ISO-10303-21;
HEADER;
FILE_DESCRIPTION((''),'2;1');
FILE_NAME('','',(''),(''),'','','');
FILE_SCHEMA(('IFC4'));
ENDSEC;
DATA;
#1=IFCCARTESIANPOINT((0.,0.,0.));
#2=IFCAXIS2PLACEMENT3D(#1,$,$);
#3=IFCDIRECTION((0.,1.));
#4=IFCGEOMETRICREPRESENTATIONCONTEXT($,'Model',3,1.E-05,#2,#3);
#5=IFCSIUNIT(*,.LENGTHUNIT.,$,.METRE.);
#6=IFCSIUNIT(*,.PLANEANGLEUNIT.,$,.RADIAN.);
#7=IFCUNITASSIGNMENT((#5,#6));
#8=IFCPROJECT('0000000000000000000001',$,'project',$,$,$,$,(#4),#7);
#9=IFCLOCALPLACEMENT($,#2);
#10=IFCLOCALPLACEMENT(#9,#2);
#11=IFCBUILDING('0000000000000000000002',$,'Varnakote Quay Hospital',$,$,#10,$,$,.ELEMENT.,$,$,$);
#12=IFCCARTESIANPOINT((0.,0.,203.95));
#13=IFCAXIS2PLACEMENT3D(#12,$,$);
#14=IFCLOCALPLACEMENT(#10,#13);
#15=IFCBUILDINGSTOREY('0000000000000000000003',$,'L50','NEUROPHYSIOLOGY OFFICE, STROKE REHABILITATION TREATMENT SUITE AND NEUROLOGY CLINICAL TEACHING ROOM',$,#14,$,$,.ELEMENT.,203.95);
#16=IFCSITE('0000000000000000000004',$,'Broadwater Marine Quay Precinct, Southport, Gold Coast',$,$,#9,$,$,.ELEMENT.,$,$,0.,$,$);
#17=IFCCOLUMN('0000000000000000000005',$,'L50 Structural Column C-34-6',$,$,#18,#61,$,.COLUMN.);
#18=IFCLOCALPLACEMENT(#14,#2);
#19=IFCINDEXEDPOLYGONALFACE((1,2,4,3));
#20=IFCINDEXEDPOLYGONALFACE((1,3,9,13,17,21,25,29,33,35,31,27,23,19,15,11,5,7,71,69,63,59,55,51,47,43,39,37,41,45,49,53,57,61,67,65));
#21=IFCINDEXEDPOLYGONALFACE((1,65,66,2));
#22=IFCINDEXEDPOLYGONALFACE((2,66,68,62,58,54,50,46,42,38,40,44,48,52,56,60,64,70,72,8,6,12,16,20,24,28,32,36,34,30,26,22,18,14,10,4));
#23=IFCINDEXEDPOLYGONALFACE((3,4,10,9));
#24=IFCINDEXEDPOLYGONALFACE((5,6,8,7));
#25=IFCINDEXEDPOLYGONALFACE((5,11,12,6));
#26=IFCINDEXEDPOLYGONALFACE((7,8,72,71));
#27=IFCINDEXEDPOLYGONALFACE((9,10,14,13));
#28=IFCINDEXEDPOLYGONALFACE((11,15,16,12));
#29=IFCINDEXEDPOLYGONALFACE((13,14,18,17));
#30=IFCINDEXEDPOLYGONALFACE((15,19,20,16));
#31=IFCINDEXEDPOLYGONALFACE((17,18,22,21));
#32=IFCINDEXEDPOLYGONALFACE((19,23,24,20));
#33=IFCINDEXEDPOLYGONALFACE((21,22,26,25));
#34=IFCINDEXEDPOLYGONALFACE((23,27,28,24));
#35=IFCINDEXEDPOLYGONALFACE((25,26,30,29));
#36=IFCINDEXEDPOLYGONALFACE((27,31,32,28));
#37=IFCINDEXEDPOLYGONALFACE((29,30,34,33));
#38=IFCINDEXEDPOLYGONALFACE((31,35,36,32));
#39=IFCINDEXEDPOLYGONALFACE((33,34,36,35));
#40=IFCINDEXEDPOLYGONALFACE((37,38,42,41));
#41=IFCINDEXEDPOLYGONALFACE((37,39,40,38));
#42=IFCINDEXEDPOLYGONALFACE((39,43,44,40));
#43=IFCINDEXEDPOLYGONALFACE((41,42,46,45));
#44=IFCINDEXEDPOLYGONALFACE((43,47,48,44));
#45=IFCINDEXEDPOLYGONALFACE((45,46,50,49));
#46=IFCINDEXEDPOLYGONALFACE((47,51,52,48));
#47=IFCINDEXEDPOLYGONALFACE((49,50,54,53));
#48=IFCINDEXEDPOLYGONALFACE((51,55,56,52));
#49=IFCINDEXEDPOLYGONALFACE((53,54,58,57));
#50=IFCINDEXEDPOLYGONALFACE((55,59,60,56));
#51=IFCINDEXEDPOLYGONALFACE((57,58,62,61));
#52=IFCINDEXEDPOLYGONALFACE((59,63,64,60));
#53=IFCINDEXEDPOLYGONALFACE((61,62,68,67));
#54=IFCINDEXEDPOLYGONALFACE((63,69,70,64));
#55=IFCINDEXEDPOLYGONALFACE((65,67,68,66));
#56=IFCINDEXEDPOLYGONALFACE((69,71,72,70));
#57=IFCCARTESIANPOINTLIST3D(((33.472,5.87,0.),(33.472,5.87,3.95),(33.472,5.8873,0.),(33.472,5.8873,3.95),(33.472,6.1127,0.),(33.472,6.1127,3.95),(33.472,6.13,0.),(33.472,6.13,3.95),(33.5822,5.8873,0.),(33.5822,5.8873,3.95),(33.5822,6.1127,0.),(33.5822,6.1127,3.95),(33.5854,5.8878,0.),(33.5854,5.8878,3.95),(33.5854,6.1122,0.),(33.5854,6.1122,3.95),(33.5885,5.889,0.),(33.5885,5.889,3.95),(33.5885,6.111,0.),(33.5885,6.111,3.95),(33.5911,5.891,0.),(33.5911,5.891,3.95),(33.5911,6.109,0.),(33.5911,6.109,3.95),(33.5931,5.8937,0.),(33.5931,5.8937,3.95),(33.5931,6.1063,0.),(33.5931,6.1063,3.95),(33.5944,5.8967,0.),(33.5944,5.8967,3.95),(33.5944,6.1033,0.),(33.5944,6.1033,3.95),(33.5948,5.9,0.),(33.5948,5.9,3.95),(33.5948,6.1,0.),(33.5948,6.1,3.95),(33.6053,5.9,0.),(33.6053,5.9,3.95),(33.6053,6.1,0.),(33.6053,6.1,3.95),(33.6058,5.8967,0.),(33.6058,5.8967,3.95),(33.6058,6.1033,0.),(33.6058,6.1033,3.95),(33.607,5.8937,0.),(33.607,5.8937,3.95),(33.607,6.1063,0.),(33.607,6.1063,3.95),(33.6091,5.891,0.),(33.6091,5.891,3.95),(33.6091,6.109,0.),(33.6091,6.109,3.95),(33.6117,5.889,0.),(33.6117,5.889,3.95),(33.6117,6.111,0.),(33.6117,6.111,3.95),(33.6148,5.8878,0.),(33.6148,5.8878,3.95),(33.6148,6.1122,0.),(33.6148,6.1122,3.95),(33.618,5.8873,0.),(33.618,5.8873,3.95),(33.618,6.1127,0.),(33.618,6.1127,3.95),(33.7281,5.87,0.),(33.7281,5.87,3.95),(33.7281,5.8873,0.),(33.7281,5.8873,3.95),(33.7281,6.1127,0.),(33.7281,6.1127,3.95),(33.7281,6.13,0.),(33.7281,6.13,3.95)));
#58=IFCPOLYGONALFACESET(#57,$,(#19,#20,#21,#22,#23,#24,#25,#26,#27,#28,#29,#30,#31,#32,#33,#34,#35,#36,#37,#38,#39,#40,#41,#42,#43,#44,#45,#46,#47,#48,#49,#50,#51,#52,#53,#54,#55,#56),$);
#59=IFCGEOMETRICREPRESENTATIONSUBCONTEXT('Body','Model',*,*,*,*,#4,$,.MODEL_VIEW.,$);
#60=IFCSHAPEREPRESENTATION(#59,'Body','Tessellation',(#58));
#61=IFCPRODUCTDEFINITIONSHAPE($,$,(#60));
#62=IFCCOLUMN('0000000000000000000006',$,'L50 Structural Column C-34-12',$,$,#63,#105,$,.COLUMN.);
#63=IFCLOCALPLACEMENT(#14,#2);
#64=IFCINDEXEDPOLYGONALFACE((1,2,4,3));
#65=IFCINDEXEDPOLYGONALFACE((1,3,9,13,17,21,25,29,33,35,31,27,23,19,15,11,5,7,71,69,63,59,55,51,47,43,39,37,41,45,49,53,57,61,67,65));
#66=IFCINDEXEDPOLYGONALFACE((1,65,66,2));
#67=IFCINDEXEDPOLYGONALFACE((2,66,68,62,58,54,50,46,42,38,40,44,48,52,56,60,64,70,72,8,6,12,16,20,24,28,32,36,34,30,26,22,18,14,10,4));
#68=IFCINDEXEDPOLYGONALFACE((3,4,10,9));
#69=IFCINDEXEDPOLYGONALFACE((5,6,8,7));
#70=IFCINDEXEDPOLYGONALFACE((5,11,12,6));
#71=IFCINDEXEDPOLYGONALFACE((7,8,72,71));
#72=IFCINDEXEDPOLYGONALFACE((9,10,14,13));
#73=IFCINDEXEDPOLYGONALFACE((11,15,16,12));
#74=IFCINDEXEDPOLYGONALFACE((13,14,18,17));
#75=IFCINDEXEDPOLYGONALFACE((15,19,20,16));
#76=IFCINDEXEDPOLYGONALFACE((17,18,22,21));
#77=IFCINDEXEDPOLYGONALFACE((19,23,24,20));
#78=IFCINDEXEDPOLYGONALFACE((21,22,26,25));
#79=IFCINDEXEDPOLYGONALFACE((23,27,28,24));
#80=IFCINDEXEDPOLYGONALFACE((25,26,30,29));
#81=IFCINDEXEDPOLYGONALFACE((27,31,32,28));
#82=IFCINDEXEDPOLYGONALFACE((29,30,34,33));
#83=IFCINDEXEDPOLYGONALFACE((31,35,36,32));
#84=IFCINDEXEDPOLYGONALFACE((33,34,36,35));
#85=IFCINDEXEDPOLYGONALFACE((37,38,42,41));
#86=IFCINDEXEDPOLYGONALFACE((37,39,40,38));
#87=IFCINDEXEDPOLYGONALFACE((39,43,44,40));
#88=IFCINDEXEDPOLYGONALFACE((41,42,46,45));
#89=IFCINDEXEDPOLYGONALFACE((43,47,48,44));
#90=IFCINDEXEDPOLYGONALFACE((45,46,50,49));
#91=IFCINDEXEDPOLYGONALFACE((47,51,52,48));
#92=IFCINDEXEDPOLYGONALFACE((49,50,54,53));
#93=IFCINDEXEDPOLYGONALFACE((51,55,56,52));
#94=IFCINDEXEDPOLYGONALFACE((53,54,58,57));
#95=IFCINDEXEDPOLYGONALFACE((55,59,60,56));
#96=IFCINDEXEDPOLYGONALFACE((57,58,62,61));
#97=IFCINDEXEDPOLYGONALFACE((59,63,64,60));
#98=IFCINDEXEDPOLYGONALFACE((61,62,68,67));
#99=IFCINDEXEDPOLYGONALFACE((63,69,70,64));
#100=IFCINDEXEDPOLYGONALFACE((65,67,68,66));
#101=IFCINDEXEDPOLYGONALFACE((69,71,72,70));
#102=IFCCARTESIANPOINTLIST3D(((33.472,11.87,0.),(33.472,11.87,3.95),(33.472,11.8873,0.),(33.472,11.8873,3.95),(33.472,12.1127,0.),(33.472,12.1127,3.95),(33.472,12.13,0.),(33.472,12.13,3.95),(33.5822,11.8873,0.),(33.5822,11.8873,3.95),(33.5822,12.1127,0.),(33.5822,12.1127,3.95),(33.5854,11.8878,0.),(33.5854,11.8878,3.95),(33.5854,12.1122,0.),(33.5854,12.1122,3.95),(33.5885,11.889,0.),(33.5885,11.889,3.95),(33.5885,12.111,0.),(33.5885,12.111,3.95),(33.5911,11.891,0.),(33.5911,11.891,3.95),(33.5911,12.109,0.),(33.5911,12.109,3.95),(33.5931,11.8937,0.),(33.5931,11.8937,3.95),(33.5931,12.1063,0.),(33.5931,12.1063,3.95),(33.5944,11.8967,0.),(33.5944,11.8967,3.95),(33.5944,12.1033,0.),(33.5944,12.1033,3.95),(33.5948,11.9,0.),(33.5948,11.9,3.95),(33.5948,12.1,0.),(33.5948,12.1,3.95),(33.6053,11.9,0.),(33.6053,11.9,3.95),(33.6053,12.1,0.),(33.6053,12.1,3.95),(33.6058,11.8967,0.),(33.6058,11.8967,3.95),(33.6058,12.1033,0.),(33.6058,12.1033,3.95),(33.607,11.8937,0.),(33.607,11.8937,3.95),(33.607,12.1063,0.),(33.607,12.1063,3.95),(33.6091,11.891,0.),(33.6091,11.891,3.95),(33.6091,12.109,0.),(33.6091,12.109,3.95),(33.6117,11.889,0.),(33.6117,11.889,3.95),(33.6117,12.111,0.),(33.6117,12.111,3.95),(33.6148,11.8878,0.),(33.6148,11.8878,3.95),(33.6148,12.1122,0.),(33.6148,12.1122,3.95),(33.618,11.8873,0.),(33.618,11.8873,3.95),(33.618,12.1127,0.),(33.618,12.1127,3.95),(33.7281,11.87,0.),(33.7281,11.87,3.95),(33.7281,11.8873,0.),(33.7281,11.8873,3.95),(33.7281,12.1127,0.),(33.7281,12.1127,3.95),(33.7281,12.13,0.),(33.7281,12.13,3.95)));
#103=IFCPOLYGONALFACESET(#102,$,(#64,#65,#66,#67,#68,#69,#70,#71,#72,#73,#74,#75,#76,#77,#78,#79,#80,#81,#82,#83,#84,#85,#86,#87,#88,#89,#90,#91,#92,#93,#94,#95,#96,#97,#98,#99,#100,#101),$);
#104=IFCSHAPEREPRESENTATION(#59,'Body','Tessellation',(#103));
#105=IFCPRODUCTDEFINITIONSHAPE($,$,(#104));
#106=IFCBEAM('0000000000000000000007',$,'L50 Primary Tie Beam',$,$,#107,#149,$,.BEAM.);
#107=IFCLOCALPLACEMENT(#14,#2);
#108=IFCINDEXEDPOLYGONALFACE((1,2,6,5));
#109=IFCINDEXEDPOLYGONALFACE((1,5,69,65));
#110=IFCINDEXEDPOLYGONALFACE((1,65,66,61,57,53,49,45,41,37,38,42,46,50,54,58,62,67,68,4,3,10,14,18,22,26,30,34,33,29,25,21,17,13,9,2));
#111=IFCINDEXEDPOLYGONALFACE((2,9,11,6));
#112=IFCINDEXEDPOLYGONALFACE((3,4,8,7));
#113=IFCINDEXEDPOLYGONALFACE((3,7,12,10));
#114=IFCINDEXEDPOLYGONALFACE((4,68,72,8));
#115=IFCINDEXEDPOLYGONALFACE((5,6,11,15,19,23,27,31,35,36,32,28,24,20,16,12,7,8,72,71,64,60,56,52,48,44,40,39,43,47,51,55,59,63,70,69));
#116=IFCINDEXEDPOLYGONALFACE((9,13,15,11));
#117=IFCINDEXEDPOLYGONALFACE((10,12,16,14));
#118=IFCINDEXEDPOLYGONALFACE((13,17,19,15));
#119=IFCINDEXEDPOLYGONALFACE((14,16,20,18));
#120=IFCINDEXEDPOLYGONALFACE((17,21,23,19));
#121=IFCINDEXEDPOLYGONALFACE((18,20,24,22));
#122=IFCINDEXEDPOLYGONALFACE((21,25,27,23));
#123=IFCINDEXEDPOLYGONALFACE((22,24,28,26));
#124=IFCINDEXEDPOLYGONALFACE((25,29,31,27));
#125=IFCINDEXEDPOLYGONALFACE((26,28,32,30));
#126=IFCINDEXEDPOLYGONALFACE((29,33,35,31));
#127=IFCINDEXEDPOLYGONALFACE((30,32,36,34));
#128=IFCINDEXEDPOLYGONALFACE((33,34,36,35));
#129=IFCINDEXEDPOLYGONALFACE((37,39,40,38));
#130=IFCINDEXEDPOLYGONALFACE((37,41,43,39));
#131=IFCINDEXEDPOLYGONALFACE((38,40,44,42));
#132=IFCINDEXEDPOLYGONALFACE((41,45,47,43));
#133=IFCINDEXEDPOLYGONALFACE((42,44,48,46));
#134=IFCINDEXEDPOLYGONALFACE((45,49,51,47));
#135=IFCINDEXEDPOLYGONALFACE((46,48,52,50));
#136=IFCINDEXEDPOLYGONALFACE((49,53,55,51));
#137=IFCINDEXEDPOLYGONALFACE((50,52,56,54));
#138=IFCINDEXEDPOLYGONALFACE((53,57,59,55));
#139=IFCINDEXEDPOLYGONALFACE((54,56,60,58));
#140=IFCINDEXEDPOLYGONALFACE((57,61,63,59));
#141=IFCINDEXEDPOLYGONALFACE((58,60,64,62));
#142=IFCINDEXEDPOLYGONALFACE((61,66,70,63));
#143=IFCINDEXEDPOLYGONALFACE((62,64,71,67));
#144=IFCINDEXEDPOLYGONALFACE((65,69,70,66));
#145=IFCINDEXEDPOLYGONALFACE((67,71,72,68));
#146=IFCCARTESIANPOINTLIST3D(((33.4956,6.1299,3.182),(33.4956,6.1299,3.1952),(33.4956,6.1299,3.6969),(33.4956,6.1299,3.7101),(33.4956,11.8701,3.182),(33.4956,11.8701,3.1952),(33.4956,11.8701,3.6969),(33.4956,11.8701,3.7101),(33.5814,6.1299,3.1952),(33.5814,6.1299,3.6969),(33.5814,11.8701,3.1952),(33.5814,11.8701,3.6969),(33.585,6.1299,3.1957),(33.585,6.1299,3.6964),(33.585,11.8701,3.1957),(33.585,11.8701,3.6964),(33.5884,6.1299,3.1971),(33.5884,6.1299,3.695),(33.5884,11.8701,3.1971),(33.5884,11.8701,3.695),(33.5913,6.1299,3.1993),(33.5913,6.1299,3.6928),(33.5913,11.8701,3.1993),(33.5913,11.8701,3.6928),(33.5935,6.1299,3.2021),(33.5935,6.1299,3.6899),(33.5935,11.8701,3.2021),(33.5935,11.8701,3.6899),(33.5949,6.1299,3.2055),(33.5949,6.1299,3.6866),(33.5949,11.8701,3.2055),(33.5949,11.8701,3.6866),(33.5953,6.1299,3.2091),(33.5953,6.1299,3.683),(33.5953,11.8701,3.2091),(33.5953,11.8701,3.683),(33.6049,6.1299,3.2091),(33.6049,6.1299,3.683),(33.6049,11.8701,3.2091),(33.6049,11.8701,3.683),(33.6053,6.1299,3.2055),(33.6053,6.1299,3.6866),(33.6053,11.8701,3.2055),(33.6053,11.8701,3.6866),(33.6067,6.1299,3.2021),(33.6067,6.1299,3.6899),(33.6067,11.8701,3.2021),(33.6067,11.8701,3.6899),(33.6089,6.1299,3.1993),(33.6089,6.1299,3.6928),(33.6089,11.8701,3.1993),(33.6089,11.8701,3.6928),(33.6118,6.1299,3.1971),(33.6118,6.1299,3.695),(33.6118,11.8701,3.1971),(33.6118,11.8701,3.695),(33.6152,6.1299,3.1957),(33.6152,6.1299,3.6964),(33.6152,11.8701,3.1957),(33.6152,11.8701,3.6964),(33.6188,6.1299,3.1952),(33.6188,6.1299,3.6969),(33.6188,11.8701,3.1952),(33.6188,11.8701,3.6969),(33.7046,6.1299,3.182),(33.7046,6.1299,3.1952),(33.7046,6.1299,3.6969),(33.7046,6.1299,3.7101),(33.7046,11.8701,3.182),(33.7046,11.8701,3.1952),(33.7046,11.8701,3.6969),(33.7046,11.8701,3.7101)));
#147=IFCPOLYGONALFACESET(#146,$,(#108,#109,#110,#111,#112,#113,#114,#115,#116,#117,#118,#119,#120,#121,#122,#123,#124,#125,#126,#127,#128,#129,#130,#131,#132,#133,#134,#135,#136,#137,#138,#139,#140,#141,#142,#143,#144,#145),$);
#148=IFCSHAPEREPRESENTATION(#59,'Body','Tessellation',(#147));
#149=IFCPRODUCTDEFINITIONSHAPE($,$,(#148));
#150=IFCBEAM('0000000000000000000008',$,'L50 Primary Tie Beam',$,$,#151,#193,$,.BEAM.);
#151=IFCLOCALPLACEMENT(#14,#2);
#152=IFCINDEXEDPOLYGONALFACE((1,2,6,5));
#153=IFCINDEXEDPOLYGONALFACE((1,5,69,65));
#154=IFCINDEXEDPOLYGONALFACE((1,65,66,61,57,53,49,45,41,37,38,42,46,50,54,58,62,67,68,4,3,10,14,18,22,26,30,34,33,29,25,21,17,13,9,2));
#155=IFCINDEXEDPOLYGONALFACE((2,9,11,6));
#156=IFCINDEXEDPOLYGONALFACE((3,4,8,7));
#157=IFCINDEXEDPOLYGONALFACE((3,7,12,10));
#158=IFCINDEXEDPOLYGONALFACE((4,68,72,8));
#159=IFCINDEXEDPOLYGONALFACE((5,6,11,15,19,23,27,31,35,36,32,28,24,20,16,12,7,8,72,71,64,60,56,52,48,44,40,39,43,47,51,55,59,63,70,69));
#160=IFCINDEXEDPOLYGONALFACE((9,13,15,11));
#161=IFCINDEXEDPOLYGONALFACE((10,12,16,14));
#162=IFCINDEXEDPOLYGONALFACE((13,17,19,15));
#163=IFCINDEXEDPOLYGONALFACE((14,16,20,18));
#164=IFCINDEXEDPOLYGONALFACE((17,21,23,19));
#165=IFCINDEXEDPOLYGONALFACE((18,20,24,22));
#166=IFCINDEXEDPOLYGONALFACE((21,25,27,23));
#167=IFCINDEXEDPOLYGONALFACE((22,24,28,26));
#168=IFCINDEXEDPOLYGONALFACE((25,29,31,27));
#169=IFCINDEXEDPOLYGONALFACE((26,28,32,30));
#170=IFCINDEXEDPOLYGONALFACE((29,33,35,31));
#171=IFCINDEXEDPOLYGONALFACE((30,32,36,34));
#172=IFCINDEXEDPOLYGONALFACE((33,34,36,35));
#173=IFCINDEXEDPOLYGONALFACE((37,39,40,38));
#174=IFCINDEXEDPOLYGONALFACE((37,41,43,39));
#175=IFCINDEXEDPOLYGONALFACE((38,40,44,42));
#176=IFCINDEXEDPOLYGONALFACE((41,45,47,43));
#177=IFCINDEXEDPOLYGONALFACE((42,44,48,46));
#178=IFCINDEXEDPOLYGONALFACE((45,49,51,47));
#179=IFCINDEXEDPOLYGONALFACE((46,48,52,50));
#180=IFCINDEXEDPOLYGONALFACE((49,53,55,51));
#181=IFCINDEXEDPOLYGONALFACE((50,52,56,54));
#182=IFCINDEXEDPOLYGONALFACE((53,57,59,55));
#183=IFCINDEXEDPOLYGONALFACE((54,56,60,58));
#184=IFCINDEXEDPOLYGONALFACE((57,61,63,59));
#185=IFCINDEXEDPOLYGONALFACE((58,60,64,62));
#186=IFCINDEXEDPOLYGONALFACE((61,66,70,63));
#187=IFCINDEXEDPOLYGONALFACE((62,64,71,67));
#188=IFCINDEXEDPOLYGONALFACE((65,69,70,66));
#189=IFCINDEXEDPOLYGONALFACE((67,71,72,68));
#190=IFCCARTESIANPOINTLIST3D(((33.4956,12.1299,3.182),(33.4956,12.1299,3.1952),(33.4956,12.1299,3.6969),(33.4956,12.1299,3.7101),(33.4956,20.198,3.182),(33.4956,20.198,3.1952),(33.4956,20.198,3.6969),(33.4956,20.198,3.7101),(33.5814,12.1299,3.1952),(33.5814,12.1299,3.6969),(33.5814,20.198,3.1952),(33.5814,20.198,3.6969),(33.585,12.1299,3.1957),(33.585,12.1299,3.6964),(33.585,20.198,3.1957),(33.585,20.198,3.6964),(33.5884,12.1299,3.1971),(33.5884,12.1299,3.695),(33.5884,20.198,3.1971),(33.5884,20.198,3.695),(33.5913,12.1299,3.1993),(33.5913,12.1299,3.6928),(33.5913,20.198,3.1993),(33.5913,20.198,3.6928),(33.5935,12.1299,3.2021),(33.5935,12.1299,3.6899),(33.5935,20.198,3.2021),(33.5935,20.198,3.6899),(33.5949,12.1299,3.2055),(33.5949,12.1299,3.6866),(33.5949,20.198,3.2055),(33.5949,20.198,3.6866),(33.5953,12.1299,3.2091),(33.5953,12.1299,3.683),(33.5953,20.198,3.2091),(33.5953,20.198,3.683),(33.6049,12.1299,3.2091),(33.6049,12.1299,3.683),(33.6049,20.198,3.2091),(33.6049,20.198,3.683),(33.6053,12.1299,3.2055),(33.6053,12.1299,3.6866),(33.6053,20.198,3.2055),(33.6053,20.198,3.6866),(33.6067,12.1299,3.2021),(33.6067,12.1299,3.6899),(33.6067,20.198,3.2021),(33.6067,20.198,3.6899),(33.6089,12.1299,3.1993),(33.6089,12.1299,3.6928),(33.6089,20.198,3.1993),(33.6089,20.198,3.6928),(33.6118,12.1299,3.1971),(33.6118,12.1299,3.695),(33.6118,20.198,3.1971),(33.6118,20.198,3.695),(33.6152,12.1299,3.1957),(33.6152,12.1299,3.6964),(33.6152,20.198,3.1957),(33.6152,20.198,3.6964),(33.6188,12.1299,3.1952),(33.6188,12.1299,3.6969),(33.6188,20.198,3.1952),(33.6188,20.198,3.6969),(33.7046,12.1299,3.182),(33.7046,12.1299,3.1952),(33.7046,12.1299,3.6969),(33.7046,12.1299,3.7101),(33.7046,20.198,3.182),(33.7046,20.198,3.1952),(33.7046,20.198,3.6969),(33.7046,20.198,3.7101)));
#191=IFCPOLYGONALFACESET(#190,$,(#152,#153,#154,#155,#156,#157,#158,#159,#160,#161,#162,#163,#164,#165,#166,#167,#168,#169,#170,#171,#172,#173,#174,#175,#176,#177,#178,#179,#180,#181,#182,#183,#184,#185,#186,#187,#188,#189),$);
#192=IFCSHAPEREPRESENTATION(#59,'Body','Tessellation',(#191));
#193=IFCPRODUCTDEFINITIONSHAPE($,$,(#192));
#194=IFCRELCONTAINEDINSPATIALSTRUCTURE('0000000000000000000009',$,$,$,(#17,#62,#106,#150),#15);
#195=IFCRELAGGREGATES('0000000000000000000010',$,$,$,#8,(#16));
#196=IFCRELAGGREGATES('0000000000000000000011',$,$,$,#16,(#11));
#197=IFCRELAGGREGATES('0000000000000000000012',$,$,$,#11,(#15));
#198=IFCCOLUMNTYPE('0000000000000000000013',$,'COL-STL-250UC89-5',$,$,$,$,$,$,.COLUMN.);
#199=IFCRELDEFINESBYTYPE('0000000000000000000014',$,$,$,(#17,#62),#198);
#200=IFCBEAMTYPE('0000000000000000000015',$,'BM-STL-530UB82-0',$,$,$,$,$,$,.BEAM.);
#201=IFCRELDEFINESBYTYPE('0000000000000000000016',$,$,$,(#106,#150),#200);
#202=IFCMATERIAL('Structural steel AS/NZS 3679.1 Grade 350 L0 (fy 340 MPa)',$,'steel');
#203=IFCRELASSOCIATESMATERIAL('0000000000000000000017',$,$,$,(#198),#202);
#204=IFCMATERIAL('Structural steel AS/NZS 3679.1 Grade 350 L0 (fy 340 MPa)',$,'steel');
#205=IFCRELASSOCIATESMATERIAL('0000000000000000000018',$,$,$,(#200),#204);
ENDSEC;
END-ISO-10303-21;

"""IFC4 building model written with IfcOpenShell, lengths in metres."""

from ifc_helpers import new_model, si_unit, direction, frame, origin, origin_2d, place, context, subcontext, project, spatial, i_section, extrude, material, material_profile, profile_set, type_object, element, save


model = new_model("IFC4")

# Units and contexts
model_context = context("Model", 3, precision=1e-05, world=origin(), true_north=direction((0.0, 1.0)))
body_context = subcontext(model_context, "Body", "Model", "MODEL_VIEW")
ifc_project = project(units=[si_unit("LENGTHUNIT", "METRE"), si_unit("PLANEANGLEUNIT", "RADIAN")], contexts=[model_context])

# Site, building, storey
site_placement = place(None, origin())
site = spatial("IfcSite", under=ifc_project, at=site_placement, Name="Broadwater Marine Quay Precinct, Southport, Gold Coast", CompositionType="ELEMENT", RefElevation=0.0)
building_placement = place(site_placement, origin())
building = spatial("IfcBuilding", under=site, at=building_placement, Name="Varnakote Quay Hospital", CompositionType="ELEMENT")
storey_placement = place(building_placement, frame((0.0, 0.0, 203.95)))
storey = spatial("IfcBuildingStorey", under=building, at=storey_placement, Name="L50", Description="NEUROPHYSIOLOGY OFFICE, STROKE REHABILITATION TREATMENT SUITE AND NEUROLOGY CLINICAL TEACHING ROOM", CompositionType="ELEMENT", Elevation=203.95)

# Columns
ifc_material_1 = material(Name="Structural steel AS/NZS 3679.1 Grade 350 L0 (fy 340 MPa)", Category="steel")
ifc_material_profile_1 = material_profile(ifc_material_1, i_section(OverallWidth=0.2561, OverallDepth=0.26, WebThickness=0.0105, FlangeThickness=0.0173, FilletRadius=0.0127, at=origin_2d()), Name="250UC89.5")
ifc_profile_set_1 = profile_set([ifc_material_profile_1], Name="Structural steel AS/NZS 3679.1 Grade 350 L0 (fy 340 MPa)")
column_type = type_object("IfcColumnType", Name="COL-STL-250UC89-5", PredefinedType="COLUMN", material=ifc_profile_set_1)
for number, where, z_axis, x_axis, name in (
    (1, (33.6001, 6.0, 0.0), (0.0, 0.0, 1.0), (1.0, 0.0, 0.0), "L50 Structural Column C-34-6"),
    (2, (33.6001, 12.0, 0.0), (0.0, 0.0, 1.0), (1.0, 0.0, 0.0), "L50 Structural Column C-34-12"),
):
    element("IfcColumn", number, at=place(storey_placement, frame(where, z_axis=z_axis, x_axis=x_axis)), inside=storey, type_object=column_type, Name=name, PredefinedType="COLUMN", context=body_context, shape_type="SweptSolid", body=[
        extrude(i_section(OverallWidth=0.2561, OverallDepth=0.26, WebThickness=0.0105, FlangeThickness=0.0173, FilletRadius=0.0127, at=origin_2d()), origin(), (0.0, 0.0, 1.0), 3.95),
    ])

# Beams
ifc_material_2 = material(Name="Structural steel AS/NZS 3679.1 Grade 350 L0 (fy 340 MPa)", Category="steel")
ifc_material_profile_2 = material_profile(ifc_material_2, i_section(OverallWidth=0.209, OverallDepth=0.5281, WebThickness=0.0095, FlangeThickness=0.0132, FilletRadius=0.0139, at=origin_2d()), Name="530UB82.0")
ifc_profile_set_2 = profile_set([ifc_material_profile_2], Name="Structural steel AS/NZS 3679.1 Grade 350 L0 (fy 340 MPa)")
beam_type_1 = type_object("IfcBeamType", Name="BM-STL-530UB82-0", PredefinedType="BEAM", material=ifc_profile_set_2)
beam_1_placement = place(storey_placement, frame((33.6001, 6.1299, 3.446), z_axis=(0.0, 1.0, 0.0), x_axis=(-1.0, 0.0, 0.0)))
element("IfcBeam", 3, at=beam_1_placement, inside=storey, type_object=beam_type_1, Name="L50 Primary Tie Beam", PredefinedType="BEAM", context=body_context, shape_type="SweptSolid", body=[
    extrude(i_section(OverallWidth=0.209, OverallDepth=0.5281, WebThickness=0.0095, FlangeThickness=0.0132, FilletRadius=0.0139, at=origin_2d()), origin(), (0.0, 0.0, 1.0), 5.7402),
])
beam_2_placement = place(storey_placement, frame((33.6001, 12.1299, 3.446), z_axis=(0.0, 1.0, 0.0), x_axis=(-1.0, 0.0, 0.0)))
element("IfcBeam", 4, at=beam_2_placement, inside=storey, type_object=beam_type_1, Name="L50 Primary Tie Beam", PredefinedType="BEAM", context=body_context, shape_type="SweptSolid", body=[
    extrude(i_section(OverallWidth=0.209, OverallDepth=0.5281, WebThickness=0.0095, FlangeThickness=0.0132, FilletRadius=0.0139, at=origin_2d()), origin(), (0.0, 0.0, 1.0), 8.0681),
])

save(model, "model.ifc")
